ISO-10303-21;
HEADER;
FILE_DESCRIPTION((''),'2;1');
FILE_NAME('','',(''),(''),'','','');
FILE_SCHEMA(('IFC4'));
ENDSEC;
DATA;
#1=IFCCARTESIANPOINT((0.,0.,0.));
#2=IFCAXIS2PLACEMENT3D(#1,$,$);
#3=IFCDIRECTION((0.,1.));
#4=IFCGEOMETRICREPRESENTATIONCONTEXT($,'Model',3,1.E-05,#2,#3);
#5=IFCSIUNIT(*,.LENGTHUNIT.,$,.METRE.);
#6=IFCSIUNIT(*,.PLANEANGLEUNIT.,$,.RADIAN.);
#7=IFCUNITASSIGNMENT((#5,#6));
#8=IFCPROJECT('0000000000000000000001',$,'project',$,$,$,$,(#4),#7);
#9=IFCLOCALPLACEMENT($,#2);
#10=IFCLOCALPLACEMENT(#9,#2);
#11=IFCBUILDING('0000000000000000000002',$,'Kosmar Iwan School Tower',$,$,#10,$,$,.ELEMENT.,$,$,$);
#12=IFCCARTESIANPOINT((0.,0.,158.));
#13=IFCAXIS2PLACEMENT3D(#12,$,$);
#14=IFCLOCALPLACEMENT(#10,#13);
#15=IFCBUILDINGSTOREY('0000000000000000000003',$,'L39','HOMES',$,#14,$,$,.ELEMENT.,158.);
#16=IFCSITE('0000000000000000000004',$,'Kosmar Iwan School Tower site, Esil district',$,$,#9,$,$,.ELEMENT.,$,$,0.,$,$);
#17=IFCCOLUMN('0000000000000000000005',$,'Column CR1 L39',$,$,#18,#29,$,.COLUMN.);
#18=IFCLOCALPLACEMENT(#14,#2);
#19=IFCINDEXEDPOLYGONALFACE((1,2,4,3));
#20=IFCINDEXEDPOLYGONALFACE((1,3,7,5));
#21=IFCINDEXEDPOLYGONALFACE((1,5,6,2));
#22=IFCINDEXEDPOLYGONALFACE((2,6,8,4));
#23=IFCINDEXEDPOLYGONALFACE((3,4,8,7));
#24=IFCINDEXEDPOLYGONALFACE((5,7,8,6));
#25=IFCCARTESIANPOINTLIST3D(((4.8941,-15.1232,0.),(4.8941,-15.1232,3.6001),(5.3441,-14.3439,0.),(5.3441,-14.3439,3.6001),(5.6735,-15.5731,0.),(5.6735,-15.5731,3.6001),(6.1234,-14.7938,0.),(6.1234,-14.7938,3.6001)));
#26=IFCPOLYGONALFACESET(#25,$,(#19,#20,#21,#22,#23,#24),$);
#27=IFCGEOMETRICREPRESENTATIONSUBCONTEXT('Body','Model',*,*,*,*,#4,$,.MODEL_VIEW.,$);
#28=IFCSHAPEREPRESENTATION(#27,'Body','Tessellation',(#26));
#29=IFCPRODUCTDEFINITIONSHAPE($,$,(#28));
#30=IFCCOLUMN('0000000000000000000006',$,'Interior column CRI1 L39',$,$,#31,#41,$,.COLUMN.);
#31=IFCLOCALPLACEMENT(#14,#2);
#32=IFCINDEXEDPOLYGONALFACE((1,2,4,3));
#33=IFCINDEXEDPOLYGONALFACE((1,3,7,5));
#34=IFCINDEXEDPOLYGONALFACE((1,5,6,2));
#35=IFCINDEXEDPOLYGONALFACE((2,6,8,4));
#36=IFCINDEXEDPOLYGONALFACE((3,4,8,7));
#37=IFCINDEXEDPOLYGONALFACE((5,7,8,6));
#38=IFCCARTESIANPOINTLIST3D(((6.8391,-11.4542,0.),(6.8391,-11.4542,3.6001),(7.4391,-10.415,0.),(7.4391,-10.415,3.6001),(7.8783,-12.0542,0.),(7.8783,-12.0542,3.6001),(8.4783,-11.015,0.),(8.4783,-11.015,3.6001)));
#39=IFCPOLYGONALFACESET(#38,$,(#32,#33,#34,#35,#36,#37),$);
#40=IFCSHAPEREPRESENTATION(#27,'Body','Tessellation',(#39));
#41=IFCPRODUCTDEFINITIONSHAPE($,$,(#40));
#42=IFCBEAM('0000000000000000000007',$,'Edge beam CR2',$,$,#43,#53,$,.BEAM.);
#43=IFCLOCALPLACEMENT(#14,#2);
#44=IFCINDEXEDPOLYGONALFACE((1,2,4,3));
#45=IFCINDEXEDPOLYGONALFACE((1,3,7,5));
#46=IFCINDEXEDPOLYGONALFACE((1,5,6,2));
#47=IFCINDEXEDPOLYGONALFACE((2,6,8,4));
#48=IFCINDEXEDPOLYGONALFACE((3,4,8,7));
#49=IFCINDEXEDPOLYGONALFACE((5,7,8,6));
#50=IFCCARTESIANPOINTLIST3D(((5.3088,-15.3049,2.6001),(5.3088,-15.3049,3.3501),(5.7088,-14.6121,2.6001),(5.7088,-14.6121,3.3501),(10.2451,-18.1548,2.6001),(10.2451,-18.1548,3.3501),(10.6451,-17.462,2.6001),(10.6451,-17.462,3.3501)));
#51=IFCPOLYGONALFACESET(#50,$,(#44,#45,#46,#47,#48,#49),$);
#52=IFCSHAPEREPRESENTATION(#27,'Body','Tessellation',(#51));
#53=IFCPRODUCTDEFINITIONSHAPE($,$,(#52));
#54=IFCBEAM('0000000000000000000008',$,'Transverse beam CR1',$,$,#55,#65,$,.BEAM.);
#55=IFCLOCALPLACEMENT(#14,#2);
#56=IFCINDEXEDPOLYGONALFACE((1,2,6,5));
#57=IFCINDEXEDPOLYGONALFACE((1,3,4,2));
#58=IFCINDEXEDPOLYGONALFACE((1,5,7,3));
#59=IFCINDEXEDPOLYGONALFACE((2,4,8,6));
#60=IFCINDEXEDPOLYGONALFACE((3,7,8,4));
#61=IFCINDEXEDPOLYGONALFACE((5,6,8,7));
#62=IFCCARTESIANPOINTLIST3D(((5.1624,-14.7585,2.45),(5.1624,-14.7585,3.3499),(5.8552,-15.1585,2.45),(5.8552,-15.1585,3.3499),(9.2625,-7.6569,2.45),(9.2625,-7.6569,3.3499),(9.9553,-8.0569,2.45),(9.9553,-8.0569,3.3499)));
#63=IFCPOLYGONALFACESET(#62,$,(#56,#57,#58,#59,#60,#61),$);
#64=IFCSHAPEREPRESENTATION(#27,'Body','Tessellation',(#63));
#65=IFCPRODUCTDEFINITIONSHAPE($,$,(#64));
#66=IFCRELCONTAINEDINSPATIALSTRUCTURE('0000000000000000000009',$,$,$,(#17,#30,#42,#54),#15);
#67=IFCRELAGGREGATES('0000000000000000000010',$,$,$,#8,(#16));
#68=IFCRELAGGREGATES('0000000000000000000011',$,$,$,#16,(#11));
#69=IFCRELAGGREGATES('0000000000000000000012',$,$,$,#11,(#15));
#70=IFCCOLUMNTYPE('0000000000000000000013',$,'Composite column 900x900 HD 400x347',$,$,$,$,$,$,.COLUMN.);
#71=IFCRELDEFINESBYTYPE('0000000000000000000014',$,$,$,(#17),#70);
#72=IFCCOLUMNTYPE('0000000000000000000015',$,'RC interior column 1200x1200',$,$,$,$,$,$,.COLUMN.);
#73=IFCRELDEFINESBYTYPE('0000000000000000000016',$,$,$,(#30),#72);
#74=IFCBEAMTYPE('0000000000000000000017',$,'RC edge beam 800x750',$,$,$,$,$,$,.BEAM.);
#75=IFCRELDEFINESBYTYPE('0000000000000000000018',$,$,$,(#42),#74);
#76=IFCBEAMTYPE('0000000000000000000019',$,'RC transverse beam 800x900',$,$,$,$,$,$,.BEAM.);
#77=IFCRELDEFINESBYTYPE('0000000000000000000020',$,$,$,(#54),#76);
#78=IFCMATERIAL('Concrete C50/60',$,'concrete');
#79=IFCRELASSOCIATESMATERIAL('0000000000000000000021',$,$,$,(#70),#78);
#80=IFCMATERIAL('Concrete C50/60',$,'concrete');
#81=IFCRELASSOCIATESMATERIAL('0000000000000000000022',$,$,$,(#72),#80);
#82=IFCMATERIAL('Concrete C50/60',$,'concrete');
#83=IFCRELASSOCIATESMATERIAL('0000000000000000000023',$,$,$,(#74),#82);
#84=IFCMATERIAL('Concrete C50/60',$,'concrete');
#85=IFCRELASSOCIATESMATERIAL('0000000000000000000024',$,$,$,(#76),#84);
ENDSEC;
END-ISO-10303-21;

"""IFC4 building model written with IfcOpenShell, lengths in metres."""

from ifc_helpers import new_model, si_unit, direction, frame, origin, origin_2d, place, context, subcontext, project, spatial, rectangle, extrude, material, material_profile, profile_set, type_object, element, save


model = new_model("IFC4")

# Units and contexts
model_context = context("Model", 3, precision=1e-05, world=origin(), true_north=direction((0.0, 1.0)))
body_context = subcontext(model_context, "Body", "Model", "MODEL_VIEW")
ifc_project = project(units=[si_unit("LENGTHUNIT", "METRE"), si_unit("PLANEANGLEUNIT", "RADIAN")], contexts=[model_context])

# Site, building, storey
site_placement = place(None, origin())
site = spatial("IfcSite", under=ifc_project, at=site_placement, Name="Kosmar Iwan School Tower site, Esil district", CompositionType="ELEMENT", RefElevation=0.0)
building_placement = place(site_placement, origin())
building = spatial("IfcBuilding", under=site, at=building_placement, Name="Kosmar Iwan School Tower", CompositionType="ELEMENT")
storey_placement = place(building_placement, frame((0.0, 0.0, 158.0)))
storey = spatial("IfcBuildingStorey", under=building, at=storey_placement, Name="L39", Description="HOMES", CompositionType="ELEMENT", Elevation=158.0)

# Columns
ifc_material_1 = material(Name="Concrete C50/60", Category="concrete")
ifc_material_profile_1 = material_profile(ifc_material_1, rectangle(XDim=0.8999, YDim=0.8999, at=origin_2d()), Name="RC 900x900 + HD 400x347")
ifc_profile_set_1 = profile_set([ifc_material_profile_1], Name="Concrete C50/60")
column_type_1 = type_object("IfcColumnType", Name="Composite column 900x900 HD 400x347", PredefinedType="COLUMN", material=ifc_profile_set_1)
column_1_placement = place(storey_placement, frame((5.5088, -14.9585, 0.0), z_axis=(0.0, 0.0, 1.0), x_axis=(0.866025, -0.5, 0.0)))
element("IfcColumn", 1, at=column_1_placement, inside=storey, type_object=column_type_1, Name="Column CR1 L39", PredefinedType="COLUMN", context=body_context, shape_type="SweptSolid", body=[
    extrude(rectangle(XDim=0.8999, YDim=0.8999, at=origin_2d()), origin(), (0.0, 0.0, 1.0), 3.6001),
])
ifc_material_2 = material(Name="Concrete C50/60", Category="concrete")
ifc_material_profile_2 = material_profile(ifc_material_2, rectangle(XDim=1.2, YDim=1.2, at=origin_2d()), Name="RC 1200x1200")
ifc_profile_set_2 = profile_set([ifc_material_profile_2], Name="Concrete C50/60")
column_type_2 = type_object("IfcColumnType", Name="RC interior column 1200x1200", PredefinedType="COLUMN", material=ifc_profile_set_2)
column_2_placement = place(storey_placement, frame((7.6587, -11.2346, 0.0), z_axis=(0.0, 0.0, 1.0), x_axis=(0.866025, -0.5, 0.0)))
element("IfcColumn", 2, at=column_2_placement, inside=storey, type_object=column_type_2, Name="Interior column CRI1 L39", PredefinedType="COLUMN", context=body_context, shape_type="SweptSolid", body=[
    extrude(rectangle(XDim=1.2, YDim=1.2, at=origin_2d()), origin(), (0.0, 0.0, 1.0), 3.6001),
])

# Beams
ifc_material_3 = material(Name="Concrete C50/60", Category="concrete")
ifc_material_profile_3 = material_profile(ifc_material_3, rectangle(XDim=0.8, YDim=0.75, at=origin_2d()), Name="RC 800x750")
ifc_profile_set_3 = profile_set([ifc_material_profile_3], Name="Concrete C50/60")
beam_type_1 = type_object("IfcBeamType", Name="RC edge beam 800x750", PredefinedType="BEAM", material=ifc_profile_set_3)
beam_1_placement = place(storey_placement, frame((5.5088, -14.9585, 2.9751), z_axis=(0.866034, -0.499986, 0.0), x_axis=(0.499986, 0.866034, 0.0)))
element("IfcBeam", 3, at=beam_1_placement, inside=storey, type_object=beam_type_1, Name="Edge beam CR2", PredefinedType="BEAM", context=body_context, shape_type="SweptSolid", body=[
    extrude(rectangle(XDim=0.8, YDim=0.75, at=origin_2d()), origin(), (0.0, 0.0, 1.0), 5.7),
])
ifc_material_4 = material(Name="Concrete C50/60", Category="concrete")
ifc_material_profile_4 = material_profile(ifc_material_4, rectangle(XDim=0.8, YDim=0.8999, at=origin_2d()), Name="RC 800x900")
ifc_profile_set_4 = profile_set([ifc_material_profile_4], Name="Concrete C50/60")
beam_type_2 = type_object("IfcBeamType", Name="RC transverse beam 800x900", PredefinedType="BEAM", material=ifc_profile_set_4)
beam_2_placement = place(storey_placement, frame((5.5088, -14.9585, 2.8999), z_axis=(0.500001, 0.866025, 0.0), x_axis=(-0.866025, 0.500001, 0.0)))
element("IfcBeam", 4, at=beam_2_placement, inside=storey, type_object=beam_type_2, Name="Transverse beam CR1", PredefinedType="BEAM", context=body_context, shape_type="SweptSolid", body=[
    extrude(rectangle(XDim=0.8, YDim=0.8999, at=origin_2d()), origin(), (0.0, 0.0, 1.0), 8.2002),
])

save(model, "model.ifc")
